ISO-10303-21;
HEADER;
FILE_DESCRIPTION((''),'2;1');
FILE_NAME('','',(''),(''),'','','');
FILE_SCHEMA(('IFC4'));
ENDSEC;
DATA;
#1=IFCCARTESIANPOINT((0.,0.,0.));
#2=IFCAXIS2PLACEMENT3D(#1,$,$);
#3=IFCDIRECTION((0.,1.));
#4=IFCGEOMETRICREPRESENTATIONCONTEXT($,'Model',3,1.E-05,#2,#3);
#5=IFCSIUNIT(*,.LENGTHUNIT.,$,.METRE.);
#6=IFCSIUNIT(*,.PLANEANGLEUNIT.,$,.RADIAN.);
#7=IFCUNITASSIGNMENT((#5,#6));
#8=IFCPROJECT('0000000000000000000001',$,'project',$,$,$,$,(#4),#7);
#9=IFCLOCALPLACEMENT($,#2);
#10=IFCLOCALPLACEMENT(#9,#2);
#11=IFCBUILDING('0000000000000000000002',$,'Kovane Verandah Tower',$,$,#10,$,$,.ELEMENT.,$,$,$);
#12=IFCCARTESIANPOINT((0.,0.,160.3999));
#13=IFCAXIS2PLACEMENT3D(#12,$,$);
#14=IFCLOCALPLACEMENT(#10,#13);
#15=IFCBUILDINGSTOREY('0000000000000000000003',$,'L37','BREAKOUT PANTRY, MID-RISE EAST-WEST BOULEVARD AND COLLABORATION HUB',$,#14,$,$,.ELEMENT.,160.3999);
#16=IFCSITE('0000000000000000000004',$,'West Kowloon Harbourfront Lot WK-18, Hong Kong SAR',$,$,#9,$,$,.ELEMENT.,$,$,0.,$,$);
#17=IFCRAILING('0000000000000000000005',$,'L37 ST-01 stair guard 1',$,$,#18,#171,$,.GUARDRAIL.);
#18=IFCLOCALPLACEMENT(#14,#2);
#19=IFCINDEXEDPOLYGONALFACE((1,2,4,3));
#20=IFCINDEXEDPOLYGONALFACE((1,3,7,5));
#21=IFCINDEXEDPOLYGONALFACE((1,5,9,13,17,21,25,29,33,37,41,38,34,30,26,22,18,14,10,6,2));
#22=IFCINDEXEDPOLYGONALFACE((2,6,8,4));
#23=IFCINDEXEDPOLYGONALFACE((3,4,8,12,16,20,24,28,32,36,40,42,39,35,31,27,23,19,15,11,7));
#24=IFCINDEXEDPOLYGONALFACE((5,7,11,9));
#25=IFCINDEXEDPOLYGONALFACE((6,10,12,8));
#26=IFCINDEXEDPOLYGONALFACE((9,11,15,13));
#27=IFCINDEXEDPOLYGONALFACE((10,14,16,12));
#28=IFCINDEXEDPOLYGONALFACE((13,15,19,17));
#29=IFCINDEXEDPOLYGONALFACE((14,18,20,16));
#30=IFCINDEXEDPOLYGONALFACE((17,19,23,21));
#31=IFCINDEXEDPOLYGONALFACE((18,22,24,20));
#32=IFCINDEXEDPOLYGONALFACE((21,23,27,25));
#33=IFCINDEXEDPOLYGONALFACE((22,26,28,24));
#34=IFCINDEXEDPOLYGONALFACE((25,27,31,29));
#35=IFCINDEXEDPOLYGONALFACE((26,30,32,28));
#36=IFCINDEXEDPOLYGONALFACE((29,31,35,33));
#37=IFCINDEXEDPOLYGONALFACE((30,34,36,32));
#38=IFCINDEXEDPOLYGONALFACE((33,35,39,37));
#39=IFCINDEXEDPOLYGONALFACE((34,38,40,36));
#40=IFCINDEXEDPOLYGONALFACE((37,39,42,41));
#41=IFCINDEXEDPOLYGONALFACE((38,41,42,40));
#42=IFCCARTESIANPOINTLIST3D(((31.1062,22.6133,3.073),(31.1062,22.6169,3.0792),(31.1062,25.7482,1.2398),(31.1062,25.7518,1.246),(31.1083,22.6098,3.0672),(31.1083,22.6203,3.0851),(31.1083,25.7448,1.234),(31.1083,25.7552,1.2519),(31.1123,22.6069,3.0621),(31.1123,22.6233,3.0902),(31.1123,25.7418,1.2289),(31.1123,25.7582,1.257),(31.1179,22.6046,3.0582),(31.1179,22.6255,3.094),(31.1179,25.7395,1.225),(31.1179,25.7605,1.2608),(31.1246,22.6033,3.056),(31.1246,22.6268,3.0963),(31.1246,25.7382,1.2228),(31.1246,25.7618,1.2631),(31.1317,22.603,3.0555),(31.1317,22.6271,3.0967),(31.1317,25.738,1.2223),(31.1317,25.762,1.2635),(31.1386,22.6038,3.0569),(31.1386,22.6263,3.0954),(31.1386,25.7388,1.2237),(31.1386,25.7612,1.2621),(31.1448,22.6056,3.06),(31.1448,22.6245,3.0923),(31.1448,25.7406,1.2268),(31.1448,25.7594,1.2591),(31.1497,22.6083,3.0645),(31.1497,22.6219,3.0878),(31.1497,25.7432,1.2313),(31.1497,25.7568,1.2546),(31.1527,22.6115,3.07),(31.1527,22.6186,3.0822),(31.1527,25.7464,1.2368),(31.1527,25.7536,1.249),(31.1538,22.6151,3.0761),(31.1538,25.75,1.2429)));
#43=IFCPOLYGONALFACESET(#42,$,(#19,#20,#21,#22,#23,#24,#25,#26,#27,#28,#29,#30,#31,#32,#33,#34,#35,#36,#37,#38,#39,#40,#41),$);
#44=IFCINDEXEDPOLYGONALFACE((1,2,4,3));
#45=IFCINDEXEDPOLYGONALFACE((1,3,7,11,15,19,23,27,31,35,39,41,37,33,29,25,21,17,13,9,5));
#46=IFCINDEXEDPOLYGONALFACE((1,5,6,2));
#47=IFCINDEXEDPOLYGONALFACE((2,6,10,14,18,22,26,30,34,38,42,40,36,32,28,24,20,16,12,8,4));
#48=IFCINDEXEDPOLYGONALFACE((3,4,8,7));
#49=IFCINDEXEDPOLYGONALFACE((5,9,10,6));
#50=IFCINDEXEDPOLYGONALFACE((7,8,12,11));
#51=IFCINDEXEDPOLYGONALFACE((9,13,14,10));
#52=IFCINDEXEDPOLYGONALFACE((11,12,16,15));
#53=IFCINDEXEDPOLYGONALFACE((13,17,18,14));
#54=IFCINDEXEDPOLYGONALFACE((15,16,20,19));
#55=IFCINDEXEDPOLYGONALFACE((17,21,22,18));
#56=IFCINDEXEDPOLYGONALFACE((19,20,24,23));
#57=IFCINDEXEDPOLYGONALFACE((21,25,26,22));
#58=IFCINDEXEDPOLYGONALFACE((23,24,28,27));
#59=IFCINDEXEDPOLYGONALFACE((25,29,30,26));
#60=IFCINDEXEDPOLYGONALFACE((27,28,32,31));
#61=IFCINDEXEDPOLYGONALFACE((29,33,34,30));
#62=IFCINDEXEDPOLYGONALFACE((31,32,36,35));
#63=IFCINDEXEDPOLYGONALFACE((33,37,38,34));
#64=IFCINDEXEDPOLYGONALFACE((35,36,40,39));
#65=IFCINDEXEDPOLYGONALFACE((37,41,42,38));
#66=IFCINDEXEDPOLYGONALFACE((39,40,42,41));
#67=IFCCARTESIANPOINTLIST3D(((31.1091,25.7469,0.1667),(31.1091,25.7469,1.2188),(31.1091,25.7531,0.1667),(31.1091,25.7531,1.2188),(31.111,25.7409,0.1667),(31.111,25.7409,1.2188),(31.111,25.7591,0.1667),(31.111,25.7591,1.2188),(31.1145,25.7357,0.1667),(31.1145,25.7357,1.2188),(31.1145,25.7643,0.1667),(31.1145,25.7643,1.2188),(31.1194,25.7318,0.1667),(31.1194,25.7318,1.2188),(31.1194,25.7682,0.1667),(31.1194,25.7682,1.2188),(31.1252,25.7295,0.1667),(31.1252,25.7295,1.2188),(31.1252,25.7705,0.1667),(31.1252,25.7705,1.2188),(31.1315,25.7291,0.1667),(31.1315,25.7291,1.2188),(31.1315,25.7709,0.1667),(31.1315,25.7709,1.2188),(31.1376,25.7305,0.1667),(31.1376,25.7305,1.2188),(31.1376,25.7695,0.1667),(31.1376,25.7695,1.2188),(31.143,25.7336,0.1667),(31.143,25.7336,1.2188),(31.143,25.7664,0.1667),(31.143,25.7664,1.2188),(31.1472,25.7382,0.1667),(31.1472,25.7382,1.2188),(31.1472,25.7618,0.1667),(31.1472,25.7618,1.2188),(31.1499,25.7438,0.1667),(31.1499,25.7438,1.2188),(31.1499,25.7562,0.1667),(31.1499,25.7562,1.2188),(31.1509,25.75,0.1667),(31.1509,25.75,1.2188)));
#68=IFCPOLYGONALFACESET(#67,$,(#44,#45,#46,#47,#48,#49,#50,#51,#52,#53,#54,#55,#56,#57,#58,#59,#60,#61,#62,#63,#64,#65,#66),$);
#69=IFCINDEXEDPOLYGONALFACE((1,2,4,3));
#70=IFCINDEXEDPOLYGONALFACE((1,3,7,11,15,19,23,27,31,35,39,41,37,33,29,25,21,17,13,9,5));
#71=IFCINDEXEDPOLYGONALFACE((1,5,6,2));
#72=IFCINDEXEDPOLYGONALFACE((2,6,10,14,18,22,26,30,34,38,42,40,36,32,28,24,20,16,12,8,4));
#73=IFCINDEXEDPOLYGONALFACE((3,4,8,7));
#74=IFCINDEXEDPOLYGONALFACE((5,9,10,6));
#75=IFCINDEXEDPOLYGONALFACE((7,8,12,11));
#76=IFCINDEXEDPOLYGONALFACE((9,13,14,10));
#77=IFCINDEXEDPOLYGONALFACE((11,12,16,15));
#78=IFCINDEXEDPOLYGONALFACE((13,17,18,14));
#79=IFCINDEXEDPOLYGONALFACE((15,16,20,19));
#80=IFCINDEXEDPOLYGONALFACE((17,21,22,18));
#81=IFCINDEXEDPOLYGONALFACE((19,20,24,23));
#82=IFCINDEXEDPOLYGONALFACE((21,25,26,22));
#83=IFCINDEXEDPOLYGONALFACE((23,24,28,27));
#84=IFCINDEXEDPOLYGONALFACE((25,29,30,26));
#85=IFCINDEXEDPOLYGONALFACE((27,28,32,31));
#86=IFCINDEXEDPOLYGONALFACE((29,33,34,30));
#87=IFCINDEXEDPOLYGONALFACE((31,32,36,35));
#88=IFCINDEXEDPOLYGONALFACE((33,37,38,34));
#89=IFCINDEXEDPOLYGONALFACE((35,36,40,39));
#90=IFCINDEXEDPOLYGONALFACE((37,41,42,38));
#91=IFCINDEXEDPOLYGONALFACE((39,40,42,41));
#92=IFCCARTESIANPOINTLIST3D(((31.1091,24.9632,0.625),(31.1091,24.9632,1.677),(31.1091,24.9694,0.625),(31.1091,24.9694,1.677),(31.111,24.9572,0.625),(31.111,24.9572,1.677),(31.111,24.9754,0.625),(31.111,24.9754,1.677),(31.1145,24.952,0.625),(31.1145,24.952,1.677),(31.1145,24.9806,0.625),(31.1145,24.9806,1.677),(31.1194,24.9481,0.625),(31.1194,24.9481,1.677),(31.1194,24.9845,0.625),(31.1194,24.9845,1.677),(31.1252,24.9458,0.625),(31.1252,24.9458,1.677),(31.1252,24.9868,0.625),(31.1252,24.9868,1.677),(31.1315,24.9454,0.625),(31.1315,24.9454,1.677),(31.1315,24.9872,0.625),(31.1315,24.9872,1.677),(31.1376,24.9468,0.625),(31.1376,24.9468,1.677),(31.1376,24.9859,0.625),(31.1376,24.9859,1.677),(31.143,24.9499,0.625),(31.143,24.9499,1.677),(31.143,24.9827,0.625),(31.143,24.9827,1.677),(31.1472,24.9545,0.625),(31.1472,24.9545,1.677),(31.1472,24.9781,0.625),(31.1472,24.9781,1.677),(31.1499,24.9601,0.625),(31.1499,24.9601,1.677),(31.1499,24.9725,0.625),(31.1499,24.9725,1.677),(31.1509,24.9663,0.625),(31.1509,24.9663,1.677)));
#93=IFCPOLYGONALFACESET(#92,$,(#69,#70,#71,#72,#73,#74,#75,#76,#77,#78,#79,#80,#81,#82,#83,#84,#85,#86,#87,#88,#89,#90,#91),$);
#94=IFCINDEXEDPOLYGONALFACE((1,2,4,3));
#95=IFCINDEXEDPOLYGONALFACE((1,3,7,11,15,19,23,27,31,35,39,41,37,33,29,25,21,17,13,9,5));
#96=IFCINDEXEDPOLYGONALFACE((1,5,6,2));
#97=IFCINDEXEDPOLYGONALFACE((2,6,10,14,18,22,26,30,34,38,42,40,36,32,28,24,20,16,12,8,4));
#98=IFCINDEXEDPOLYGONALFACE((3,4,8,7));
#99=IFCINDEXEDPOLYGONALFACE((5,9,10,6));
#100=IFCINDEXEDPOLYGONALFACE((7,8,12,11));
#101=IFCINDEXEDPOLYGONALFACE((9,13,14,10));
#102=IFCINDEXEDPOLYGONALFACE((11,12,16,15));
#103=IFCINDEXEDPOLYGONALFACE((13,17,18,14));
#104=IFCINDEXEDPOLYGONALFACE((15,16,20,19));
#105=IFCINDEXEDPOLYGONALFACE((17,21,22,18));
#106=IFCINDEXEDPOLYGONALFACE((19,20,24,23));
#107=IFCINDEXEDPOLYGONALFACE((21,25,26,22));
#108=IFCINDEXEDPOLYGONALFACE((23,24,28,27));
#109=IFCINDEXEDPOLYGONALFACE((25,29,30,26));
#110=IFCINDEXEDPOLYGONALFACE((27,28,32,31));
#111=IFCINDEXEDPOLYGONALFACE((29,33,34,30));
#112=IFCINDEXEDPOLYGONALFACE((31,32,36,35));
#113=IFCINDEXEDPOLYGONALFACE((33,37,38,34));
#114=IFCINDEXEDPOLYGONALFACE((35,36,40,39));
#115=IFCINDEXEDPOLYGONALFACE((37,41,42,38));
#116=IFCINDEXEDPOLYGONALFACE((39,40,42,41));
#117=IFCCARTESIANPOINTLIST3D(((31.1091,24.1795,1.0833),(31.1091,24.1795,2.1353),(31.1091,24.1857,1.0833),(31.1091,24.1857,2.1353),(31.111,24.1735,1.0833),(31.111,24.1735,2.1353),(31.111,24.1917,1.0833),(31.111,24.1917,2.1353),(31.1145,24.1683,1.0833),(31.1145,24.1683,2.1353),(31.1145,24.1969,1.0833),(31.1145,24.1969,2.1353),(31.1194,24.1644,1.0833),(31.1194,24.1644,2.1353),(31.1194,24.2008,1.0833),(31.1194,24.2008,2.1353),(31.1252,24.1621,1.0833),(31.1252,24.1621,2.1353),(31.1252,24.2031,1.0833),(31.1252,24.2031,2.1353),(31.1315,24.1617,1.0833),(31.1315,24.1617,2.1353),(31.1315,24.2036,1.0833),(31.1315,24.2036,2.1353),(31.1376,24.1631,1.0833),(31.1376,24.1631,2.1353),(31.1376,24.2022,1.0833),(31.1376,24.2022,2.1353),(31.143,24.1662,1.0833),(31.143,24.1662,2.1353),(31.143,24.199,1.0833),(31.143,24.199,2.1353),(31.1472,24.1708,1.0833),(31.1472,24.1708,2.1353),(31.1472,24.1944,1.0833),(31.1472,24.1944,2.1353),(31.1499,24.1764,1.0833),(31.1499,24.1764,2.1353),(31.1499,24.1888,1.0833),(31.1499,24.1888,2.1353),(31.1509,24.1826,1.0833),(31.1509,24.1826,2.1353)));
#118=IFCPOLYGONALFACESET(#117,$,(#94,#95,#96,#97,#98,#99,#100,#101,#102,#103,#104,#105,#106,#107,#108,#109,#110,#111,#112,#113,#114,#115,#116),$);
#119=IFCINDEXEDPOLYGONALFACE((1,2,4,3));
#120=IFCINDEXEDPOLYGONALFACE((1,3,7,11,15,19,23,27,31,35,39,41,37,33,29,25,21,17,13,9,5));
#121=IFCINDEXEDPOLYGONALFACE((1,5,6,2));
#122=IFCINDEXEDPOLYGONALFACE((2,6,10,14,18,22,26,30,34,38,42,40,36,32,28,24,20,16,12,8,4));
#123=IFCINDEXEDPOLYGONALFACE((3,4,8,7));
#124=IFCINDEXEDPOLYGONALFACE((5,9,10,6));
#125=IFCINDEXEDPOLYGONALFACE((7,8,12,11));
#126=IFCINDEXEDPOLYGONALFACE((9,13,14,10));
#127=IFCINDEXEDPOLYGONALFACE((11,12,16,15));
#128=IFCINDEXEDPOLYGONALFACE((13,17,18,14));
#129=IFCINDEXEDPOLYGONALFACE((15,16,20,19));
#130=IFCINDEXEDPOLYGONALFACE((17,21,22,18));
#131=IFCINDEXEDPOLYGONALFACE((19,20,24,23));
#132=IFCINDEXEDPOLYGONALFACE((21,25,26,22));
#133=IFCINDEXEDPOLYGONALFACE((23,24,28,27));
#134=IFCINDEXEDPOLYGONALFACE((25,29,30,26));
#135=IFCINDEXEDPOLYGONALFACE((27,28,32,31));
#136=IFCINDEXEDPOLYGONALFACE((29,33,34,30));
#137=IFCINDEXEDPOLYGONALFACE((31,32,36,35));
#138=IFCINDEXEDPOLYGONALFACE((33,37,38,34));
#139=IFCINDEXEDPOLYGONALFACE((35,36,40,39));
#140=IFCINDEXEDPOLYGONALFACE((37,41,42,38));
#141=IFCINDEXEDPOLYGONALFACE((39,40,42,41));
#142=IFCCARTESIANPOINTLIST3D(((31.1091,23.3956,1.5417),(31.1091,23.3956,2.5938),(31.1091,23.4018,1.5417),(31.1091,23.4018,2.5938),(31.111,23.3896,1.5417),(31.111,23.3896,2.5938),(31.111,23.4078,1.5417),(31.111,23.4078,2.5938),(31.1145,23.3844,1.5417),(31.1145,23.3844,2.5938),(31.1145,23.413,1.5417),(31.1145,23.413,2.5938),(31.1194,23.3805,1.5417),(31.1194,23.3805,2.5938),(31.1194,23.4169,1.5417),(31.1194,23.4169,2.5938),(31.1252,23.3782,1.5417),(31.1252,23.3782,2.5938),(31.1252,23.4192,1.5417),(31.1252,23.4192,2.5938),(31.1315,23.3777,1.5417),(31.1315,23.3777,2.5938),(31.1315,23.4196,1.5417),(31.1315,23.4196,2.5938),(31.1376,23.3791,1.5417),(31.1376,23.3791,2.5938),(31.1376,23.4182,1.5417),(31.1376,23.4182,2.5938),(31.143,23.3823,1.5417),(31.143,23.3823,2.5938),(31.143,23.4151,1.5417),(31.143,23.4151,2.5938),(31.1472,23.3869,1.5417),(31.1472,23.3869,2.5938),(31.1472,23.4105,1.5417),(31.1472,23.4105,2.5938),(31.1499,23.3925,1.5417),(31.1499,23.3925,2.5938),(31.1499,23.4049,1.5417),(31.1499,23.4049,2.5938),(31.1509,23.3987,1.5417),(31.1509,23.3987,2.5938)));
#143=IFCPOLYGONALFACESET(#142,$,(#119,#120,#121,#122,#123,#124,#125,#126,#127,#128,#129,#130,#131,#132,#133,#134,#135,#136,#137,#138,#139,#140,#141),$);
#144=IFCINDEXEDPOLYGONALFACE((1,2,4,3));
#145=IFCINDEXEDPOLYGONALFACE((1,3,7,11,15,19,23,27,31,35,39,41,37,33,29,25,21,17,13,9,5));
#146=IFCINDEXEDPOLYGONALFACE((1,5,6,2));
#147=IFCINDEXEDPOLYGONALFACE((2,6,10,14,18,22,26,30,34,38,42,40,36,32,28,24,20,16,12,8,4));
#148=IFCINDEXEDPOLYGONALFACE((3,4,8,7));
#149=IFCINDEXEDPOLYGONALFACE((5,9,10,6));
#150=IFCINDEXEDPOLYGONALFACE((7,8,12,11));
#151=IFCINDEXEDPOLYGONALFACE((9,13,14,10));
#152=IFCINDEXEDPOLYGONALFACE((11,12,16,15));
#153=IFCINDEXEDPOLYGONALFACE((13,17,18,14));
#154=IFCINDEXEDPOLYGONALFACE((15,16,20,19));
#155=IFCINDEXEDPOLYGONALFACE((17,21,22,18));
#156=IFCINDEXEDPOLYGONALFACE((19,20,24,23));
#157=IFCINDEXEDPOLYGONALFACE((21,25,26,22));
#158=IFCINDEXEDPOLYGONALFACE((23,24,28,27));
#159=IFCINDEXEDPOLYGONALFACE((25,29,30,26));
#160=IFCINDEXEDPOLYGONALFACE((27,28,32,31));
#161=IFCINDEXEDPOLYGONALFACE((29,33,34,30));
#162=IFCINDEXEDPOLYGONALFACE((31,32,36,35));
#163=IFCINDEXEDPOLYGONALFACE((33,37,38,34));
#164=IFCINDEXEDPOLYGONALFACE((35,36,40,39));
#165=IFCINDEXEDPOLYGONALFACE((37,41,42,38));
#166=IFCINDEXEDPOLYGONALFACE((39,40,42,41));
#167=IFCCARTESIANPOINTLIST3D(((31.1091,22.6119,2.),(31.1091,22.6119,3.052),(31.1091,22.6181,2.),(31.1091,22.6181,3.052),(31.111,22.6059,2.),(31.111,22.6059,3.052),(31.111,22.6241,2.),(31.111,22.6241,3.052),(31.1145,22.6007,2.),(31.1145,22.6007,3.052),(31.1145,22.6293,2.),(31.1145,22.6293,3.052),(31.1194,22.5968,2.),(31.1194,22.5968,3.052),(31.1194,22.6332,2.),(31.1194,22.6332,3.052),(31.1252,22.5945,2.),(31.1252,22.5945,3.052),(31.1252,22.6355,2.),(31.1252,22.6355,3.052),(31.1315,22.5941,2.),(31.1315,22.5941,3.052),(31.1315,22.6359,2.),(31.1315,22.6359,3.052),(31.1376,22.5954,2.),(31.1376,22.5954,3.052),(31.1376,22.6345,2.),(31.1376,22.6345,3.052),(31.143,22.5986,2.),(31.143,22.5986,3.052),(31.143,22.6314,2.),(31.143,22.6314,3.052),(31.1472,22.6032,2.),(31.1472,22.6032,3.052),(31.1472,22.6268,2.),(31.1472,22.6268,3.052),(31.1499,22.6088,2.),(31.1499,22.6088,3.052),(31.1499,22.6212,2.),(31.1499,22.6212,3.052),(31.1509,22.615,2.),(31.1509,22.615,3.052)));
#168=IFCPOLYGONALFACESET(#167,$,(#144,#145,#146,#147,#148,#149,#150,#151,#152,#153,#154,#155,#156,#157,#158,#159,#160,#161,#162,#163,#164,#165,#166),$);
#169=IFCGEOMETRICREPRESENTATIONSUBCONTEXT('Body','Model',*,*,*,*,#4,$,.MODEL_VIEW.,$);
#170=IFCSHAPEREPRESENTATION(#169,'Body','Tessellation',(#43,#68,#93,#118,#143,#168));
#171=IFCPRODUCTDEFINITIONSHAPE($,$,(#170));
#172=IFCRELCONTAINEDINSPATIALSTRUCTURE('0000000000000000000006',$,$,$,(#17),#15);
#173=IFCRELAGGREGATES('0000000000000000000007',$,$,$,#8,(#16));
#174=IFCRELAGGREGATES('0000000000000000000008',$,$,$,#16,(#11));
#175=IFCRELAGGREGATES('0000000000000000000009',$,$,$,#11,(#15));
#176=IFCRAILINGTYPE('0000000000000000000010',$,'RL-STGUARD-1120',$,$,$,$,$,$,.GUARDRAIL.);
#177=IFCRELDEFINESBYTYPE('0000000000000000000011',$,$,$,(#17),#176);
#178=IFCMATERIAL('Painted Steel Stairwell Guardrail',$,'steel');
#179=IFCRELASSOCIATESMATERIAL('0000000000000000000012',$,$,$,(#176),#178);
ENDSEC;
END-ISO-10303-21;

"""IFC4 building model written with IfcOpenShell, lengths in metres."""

from ifc_helpers import new_model, si_unit, direction, frame, origin, origin_2d, place, context, subcontext, project, spatial, circle, extrude, material, type_object, element, save


model = new_model("IFC4")

# Units and contexts
model_context = context("Model", 3, precision=1e-05, world=origin(), true_north=direction((0.0, 1.0)))
body_context = subcontext(model_context, "Body", "Model", "MODEL_VIEW")
ifc_project = project(units=[si_unit("LENGTHUNIT", "METRE"), si_unit("PLANEANGLEUNIT", "RADIAN")], contexts=[model_context])

# Site, building, storey
site_placement = place(None, origin())
site = spatial("IfcSite", under=ifc_project, at=site_placement, Name="West Kowloon Harbourfront Lot WK-18, Hong Kong SAR", CompositionType="ELEMENT", RefElevation=0.0)
building_placement = place(site_placement, origin())
building = spatial("IfcBuilding", under=site, at=building_placement, Name="Kovane Verandah Tower", CompositionType="ELEMENT")
storey_placement = place(building_placement, frame((0.0, 0.0, 160.3999)))
storey = spatial("IfcBuildingStorey", under=building, at=storey_placement, Name="L37", Description="BREAKOUT PANTRY, MID-RISE EAST-WEST BOULEVARD AND COLLABORATION HUB", CompositionType="ELEMENT", Elevation=160.3999)

# Railing
ifc_material_1 = material(Name="Painted Steel Stairwell Guardrail", Category="steel")
railing_type_1 = type_object("IfcRailingType", Name="RL-STGUARD-1120", PredefinedType="GUARDRAIL", material=ifc_material_1)
railing_1_placement = place(storey_placement, frame((31.1299, 25.75, 0.1667)))
element("IfcRailing", 1, at=railing_1_placement, inside=storey, type_object=railing_type_1, Name="L37 ST-01 stair guard 1", PredefinedType="GUARDRAIL", context=body_context, shape_type="SweptSolid", body=[
    extrude(circle(Radius=0.0239, at=origin_2d()), frame((0.0, 0.0, 1.0762), z_axis=(0.0, -0.86324, 0.504794), x_axis=(1.0, 0.0, 0.0)), (0.0, 0.0, 1.0), 3.6316),
    extrude(circle(Radius=0.021, at=origin_2d()), origin(), (0.0, 0.0, 1.0), 1.052),
    extrude(circle(Radius=0.021, at=origin_2d()), frame((0.0, -0.7837, 0.4583)), (0.0, 0.0, 1.0), 1.052),
    extrude(circle(Radius=0.021, at=origin_2d()), frame((0.0, -1.5674, 0.9165)), (0.0, 0.0, 1.0), 1.052),
    extrude(circle(Radius=0.021, at=origin_2d()), frame((0.0, -2.3513, 1.375)), (0.0, 0.0, 1.0), 1.052),
    extrude(circle(Radius=0.021, at=origin_2d()), frame((0.0, -3.135, 1.8333)), (0.0, 0.0, 1.0), 1.052),
])

save(model, "model.ifc")
